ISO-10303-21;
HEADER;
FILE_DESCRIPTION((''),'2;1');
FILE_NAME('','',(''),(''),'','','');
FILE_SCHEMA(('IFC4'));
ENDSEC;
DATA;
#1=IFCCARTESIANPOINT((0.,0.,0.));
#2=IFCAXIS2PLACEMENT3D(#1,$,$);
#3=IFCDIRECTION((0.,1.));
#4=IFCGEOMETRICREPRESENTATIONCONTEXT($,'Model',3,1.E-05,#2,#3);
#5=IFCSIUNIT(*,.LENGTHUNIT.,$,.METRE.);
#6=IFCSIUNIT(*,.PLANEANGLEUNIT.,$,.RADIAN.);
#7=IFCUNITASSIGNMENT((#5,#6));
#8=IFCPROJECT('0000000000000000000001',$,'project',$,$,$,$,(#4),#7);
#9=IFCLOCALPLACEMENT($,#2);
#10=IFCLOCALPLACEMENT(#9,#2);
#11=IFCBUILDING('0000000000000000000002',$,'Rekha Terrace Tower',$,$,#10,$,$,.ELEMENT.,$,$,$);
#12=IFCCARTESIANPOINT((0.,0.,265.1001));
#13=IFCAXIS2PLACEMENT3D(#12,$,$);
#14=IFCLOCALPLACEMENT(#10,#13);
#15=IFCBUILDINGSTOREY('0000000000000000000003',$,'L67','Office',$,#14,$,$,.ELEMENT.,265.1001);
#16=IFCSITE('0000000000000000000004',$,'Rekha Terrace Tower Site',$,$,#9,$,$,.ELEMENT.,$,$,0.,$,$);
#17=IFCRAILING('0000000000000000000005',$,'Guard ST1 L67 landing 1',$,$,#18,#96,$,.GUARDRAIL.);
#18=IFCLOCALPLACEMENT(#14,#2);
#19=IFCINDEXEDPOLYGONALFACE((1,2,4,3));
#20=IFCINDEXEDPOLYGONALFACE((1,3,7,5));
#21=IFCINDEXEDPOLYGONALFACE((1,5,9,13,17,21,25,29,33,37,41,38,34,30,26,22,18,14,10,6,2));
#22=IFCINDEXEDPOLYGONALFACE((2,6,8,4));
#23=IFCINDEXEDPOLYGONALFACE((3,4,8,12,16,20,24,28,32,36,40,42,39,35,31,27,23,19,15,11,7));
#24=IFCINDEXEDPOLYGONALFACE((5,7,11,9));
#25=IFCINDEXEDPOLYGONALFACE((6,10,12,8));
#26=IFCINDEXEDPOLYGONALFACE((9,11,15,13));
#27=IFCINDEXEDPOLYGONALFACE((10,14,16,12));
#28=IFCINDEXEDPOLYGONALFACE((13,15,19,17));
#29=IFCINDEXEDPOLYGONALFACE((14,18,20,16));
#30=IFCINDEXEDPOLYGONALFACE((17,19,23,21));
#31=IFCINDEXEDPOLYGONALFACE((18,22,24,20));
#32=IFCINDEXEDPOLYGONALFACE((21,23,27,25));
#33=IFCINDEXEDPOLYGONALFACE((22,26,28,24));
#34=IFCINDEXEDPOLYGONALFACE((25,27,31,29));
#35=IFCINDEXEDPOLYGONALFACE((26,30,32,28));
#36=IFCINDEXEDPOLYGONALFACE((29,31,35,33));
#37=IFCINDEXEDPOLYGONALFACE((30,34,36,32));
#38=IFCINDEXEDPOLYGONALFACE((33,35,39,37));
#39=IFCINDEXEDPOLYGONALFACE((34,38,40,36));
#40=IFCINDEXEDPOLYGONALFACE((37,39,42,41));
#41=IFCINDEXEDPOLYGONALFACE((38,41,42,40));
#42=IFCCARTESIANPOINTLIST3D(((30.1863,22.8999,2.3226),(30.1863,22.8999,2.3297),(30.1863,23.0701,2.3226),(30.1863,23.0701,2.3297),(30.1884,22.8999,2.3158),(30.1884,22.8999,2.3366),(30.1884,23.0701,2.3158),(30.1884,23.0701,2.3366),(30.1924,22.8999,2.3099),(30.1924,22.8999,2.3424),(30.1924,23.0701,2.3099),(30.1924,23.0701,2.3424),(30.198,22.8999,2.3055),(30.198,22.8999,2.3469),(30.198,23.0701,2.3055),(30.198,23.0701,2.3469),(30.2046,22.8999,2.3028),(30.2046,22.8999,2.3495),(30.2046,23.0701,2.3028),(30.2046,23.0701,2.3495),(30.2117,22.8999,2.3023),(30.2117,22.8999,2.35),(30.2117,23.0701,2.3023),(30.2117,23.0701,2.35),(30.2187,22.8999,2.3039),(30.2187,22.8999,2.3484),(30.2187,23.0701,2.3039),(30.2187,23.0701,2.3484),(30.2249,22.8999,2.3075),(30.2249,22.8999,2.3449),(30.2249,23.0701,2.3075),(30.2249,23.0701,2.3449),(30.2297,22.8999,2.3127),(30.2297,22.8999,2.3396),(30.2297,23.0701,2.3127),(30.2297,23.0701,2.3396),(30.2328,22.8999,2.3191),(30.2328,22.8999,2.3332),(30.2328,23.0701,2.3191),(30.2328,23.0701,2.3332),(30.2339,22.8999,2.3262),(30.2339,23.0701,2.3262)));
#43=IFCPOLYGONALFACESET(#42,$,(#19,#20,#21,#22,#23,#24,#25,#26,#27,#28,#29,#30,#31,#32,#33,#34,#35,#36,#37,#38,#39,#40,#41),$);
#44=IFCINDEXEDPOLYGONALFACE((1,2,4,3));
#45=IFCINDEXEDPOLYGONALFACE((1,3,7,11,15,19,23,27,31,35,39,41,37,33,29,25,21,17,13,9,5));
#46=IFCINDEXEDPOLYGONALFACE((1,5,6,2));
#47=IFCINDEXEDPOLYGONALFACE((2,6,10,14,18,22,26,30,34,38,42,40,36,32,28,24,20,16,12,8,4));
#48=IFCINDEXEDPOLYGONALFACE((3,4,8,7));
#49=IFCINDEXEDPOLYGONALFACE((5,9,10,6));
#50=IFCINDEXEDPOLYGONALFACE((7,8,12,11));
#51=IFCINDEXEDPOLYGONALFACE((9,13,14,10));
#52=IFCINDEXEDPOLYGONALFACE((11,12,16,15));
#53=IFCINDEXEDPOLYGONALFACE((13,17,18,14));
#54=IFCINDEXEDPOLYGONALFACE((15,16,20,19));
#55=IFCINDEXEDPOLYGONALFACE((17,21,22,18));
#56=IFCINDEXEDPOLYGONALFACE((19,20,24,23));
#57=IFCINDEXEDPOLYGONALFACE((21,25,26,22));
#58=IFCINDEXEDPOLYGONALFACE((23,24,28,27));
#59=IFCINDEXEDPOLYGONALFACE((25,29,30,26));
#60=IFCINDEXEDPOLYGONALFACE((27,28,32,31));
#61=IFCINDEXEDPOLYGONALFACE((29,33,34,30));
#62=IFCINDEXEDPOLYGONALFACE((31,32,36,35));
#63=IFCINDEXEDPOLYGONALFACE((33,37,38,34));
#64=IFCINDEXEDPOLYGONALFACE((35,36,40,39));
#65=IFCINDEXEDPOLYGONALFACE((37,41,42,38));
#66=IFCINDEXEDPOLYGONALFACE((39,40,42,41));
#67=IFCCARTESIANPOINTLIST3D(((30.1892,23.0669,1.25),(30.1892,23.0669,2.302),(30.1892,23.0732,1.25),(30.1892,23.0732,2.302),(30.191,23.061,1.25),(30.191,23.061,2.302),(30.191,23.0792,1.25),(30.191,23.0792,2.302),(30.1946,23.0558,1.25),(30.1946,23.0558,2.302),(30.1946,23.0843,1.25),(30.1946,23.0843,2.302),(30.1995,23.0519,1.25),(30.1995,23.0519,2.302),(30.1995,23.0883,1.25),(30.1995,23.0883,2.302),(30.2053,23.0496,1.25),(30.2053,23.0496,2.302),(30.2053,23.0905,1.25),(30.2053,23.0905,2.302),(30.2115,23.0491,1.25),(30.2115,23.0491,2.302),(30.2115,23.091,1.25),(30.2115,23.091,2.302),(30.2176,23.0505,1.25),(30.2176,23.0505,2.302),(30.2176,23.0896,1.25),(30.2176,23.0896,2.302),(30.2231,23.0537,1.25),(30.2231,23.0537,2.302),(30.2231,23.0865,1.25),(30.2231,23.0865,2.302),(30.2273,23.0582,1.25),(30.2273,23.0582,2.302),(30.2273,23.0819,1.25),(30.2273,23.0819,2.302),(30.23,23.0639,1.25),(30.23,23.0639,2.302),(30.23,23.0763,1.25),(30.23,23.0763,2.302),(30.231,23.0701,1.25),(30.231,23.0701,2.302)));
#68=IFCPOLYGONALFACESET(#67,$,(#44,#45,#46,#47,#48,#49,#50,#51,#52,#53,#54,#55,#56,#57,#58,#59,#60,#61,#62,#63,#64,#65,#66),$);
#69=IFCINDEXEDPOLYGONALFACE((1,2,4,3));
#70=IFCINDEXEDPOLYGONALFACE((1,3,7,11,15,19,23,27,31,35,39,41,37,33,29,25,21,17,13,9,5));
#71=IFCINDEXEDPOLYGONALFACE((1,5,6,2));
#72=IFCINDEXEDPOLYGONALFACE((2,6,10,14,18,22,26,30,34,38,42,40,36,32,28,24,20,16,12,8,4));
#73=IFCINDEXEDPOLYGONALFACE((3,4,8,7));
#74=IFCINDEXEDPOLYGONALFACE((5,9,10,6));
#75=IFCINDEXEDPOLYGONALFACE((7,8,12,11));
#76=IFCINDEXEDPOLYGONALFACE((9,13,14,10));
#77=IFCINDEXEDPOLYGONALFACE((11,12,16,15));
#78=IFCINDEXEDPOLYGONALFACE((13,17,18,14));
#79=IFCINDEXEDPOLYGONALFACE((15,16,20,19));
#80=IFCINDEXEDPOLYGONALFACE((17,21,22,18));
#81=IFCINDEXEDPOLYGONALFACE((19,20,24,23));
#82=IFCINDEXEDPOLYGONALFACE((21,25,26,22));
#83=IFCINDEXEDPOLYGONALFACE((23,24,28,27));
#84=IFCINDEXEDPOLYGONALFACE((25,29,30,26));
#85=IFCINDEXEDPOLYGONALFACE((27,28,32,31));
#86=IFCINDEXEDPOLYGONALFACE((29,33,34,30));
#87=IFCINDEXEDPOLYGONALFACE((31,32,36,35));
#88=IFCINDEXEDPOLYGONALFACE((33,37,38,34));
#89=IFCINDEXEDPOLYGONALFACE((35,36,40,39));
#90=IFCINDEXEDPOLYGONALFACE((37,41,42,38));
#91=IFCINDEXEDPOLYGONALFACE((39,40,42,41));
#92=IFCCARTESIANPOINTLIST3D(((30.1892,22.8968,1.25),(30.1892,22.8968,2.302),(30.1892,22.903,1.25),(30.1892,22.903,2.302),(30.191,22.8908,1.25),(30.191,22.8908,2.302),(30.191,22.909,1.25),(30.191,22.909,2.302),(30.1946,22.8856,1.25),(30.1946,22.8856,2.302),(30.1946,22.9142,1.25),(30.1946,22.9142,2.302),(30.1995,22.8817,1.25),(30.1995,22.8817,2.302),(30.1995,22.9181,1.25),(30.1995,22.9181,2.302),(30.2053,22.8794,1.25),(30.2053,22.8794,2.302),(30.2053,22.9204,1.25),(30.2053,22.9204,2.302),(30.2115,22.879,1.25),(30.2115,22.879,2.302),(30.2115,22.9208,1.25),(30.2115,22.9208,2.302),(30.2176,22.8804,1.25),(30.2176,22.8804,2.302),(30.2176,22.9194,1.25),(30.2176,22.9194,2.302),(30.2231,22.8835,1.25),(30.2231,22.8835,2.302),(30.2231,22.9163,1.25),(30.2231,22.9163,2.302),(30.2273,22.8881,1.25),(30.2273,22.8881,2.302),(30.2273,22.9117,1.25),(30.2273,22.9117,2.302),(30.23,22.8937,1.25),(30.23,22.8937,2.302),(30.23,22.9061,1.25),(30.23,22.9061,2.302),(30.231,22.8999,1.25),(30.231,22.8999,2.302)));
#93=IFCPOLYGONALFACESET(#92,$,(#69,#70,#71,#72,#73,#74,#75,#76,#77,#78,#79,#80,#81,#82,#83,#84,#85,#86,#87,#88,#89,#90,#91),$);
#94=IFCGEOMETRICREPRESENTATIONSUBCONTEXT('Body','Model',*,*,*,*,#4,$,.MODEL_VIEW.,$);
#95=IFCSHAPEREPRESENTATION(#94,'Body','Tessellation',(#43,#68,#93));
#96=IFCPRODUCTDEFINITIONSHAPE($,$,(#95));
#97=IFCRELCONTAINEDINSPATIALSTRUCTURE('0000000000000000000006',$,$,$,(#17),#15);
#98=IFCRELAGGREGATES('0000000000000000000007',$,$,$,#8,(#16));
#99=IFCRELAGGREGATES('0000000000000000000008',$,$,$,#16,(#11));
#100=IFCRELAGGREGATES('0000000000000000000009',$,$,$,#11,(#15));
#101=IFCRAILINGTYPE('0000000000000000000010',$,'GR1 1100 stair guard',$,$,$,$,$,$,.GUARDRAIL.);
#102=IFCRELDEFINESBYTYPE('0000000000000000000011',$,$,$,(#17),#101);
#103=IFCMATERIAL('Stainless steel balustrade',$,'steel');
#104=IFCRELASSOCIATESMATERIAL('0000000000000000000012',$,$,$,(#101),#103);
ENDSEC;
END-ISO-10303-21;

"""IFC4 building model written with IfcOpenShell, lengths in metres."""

from ifc_helpers import new_model, si_unit, direction, frame, origin, origin_2d, place, context, subcontext, project, spatial, circle, extrude, material, type_object, element, save


model = new_model("IFC4")

# Units and contexts
model_context = context("Model", 3, precision=1e-05, world=origin(), true_north=direction((0.0, 1.0)))
body_context = subcontext(model_context, "Body", "Model", "MODEL_VIEW")
ifc_project = project(units=[si_unit("LENGTHUNIT", "METRE"), si_unit("PLANEANGLEUNIT", "RADIAN")], contexts=[model_context])

# Site, building, storey
site_placement = place(None, origin())
site = spatial("IfcSite", under=ifc_project, at=site_placement, Name="Rekha Terrace Tower Site", CompositionType="ELEMENT", RefElevation=0.0)
building_placement = place(site_placement, origin())
building = spatial("IfcBuilding", under=site, at=building_placement, Name="Rekha Terrace Tower", CompositionType="ELEMENT")
storey_placement = place(building_placement, frame((0.0, 0.0, 265.1001)))
storey = spatial("IfcBuildingStorey", under=building, at=storey_placement, Name="L67", Description="Office", CompositionType="ELEMENT", Elevation=265.1001)

# Railing
ifc_material_1 = material(Name="Stainless steel balustrade", Category="steel")
railing_type_1 = type_object("IfcRailingType", Name="GR1 1100 stair guard", PredefinedType="GUARDRAIL", material=ifc_material_1)
railing_1_placement = place(storey_placement, frame((30.21, 23.0701, 1.25)))
element("IfcRailing", 1, at=railing_1_placement, inside=storey, type_object=railing_type_1, Name="Guard ST1 L67 landing 1", PredefinedType="GUARDRAIL", context=body_context, shape_type="SweptSolid", body=[
    extrude(circle(Radius=0.0239, at=origin_2d()), frame((0.0, 0.0, 1.0762), z_axis=(0.0, -1.0, 0.0), x_axis=(1.0, 0.0, 0.0)), (0.0, 0.0, 1.0), 0.1702),
    extrude(circle(Radius=0.021, at=origin_2d()), origin(), (0.0, 0.0, 1.0), 1.052),
    extrude(circle(Radius=0.021, at=origin_2d()), frame((0.0, -0.1702, 0.0)), (0.0, 0.0, 1.0), 1.052),
])

save(model, "model.ifc")
